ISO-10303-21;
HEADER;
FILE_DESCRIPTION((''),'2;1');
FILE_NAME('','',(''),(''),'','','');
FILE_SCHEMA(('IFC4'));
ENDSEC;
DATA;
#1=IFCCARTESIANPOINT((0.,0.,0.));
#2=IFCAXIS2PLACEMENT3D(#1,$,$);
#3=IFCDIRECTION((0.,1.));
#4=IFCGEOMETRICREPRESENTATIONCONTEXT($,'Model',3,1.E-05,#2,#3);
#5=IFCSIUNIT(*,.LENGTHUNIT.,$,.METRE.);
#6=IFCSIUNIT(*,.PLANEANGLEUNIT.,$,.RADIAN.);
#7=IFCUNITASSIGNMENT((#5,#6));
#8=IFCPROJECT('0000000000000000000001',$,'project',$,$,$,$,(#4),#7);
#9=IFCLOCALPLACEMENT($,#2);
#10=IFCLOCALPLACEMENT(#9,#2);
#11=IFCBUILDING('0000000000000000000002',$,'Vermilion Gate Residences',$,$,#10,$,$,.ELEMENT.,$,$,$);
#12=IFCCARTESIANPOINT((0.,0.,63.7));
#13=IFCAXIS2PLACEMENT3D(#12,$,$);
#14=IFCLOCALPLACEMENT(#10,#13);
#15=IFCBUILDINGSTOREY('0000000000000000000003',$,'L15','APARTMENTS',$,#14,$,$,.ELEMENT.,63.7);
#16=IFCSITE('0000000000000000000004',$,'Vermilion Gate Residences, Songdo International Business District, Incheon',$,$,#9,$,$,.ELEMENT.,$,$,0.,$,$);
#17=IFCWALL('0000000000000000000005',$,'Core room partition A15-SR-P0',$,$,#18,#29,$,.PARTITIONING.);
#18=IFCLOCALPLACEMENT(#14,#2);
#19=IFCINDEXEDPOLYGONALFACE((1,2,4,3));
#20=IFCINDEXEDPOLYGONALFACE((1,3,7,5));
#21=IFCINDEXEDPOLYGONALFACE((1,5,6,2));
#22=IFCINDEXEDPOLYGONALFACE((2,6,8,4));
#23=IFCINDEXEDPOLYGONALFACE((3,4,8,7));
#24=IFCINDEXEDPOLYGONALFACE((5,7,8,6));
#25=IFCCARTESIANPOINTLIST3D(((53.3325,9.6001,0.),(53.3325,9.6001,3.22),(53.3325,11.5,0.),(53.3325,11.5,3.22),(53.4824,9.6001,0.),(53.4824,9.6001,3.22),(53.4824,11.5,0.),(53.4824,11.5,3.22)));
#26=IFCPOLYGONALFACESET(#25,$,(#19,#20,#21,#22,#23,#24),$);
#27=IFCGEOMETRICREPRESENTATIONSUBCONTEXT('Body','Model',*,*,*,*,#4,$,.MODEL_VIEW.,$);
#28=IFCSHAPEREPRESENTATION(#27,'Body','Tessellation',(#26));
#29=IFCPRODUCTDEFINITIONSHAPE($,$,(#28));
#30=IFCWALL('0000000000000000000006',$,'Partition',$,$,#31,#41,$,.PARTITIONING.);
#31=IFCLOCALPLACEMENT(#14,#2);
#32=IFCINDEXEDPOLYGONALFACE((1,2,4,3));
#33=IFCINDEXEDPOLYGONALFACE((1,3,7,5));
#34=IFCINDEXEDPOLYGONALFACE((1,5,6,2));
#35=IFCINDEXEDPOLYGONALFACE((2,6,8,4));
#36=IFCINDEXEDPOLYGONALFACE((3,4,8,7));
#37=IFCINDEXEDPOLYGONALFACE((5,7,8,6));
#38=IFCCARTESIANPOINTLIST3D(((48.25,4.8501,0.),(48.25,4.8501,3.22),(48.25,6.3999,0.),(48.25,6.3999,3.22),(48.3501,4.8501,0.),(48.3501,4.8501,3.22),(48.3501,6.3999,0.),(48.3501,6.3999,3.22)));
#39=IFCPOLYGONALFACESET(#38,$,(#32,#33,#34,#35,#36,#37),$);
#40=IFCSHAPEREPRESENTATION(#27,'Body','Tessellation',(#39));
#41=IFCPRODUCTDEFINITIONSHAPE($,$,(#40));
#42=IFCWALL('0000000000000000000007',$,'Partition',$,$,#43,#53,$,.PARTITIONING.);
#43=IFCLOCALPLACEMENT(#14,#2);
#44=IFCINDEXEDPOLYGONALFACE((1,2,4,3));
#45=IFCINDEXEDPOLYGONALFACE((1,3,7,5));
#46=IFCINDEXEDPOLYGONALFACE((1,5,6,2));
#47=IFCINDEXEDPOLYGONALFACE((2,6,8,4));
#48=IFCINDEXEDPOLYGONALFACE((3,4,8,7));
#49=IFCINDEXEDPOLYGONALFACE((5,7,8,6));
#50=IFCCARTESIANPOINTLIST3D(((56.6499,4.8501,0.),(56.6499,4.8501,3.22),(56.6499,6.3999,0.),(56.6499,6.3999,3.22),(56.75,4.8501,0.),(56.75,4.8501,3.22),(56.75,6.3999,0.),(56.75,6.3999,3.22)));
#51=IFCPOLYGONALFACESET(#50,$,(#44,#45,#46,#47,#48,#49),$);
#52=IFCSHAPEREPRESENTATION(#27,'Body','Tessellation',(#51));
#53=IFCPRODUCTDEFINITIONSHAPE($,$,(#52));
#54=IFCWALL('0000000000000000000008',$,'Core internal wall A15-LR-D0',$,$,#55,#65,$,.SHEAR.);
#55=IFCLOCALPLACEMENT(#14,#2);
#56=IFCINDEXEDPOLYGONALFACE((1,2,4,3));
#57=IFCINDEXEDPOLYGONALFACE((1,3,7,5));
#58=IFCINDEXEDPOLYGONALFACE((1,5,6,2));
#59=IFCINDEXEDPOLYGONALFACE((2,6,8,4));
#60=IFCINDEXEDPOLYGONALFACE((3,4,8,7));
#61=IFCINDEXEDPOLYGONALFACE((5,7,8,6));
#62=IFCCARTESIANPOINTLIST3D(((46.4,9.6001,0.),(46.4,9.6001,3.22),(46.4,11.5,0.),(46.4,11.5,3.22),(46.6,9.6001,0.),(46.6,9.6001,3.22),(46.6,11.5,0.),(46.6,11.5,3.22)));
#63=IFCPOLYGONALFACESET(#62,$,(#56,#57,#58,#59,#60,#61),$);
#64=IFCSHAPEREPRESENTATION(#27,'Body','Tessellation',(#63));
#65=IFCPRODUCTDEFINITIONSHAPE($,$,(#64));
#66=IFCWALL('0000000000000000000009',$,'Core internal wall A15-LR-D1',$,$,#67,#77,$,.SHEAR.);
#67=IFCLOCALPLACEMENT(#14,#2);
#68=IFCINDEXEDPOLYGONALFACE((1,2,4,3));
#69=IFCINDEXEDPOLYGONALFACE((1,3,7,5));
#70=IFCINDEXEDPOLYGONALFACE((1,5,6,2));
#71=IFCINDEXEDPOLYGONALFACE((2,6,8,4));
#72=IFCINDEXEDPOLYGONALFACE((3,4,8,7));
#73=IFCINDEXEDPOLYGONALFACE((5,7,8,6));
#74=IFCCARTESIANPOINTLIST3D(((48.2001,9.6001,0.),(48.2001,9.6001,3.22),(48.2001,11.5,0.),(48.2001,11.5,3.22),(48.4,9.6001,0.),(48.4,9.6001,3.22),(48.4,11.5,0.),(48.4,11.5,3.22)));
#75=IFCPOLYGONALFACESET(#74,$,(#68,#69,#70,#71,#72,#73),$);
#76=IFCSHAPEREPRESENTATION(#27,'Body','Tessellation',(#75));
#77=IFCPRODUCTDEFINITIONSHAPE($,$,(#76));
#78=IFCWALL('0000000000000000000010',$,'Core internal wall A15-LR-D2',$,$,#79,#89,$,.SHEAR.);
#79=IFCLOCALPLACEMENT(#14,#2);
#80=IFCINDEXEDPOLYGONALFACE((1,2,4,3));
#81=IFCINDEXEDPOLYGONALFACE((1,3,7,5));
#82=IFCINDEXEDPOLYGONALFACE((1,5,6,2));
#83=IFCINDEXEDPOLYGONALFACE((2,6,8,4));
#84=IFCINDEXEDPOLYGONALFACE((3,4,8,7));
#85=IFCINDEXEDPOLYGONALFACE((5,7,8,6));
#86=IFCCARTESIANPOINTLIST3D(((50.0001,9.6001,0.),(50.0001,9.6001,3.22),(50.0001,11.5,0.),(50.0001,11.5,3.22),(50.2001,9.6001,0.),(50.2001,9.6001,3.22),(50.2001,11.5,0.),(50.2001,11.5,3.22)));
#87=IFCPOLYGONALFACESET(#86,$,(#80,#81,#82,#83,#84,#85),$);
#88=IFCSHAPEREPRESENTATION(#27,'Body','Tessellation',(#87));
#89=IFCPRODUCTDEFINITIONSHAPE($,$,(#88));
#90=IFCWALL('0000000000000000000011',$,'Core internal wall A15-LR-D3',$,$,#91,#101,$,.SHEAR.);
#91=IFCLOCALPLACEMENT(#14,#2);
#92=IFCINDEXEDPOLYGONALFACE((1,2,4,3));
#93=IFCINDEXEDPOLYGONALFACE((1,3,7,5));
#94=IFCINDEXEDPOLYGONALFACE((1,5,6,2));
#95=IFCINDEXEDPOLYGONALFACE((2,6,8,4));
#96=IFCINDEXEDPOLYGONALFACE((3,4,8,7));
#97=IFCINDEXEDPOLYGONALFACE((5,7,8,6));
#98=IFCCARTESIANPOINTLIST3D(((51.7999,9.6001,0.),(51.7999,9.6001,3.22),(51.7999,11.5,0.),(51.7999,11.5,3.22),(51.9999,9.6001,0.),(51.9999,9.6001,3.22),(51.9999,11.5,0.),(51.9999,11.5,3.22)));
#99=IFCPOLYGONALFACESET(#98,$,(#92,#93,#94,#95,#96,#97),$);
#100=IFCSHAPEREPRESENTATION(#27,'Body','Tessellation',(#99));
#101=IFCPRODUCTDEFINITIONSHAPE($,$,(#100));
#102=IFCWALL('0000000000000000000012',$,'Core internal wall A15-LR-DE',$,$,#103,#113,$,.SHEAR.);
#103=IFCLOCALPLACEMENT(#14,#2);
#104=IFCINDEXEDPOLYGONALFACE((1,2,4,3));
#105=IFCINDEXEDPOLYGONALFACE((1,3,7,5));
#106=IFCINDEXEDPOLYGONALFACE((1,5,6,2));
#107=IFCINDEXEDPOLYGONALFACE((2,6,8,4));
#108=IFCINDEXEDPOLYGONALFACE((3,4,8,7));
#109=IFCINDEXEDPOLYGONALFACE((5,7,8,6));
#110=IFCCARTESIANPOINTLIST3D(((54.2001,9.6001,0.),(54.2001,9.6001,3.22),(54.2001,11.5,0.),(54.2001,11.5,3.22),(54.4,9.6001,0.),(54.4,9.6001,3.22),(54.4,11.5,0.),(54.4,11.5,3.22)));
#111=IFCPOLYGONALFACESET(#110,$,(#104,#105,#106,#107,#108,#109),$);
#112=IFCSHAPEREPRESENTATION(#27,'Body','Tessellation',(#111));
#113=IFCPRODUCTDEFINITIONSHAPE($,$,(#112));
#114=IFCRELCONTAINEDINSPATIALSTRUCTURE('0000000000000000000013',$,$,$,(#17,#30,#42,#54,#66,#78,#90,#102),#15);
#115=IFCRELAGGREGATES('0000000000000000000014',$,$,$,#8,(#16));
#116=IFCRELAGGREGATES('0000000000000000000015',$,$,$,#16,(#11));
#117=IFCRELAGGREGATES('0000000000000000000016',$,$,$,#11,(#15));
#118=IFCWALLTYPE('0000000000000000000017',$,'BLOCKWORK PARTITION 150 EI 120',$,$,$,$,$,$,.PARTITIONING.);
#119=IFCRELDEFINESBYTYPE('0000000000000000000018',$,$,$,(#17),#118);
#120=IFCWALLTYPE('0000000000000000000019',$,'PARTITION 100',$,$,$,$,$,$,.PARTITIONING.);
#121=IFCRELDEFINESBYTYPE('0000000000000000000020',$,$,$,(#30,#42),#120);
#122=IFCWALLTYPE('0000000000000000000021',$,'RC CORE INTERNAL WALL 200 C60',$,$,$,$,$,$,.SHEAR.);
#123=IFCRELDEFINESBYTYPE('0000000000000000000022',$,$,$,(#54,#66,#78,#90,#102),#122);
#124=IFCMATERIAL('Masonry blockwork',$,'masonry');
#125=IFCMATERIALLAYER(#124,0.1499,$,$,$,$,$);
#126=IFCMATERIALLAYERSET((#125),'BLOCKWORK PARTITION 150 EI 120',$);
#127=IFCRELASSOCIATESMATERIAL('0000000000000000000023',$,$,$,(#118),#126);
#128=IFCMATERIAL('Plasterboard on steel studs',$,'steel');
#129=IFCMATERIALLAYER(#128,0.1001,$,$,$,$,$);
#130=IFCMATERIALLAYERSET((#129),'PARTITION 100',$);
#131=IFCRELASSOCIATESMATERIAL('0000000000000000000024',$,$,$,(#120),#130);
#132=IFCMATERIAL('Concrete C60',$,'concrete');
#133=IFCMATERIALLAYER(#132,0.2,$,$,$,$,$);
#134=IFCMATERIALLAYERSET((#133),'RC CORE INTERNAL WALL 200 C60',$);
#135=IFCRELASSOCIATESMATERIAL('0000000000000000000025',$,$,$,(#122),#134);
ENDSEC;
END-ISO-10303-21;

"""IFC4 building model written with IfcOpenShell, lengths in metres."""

from ifc_helpers import new_model, si_unit, direction, frame, frame_2d, origin, place, context, subcontext, project, spatial, rectangle, extrude, material, layer, layer_set, type_object, element, save


model = new_model("IFC4")

# Units and contexts
model_context = context("Model", 3, precision=1e-05, world=origin(), true_north=direction((0.0, 1.0)))
body_context = subcontext(model_context, "Body", "Model", "MODEL_VIEW")
ifc_project = project(units=[si_unit("LENGTHUNIT", "METRE"), si_unit("PLANEANGLEUNIT", "RADIAN")], contexts=[model_context])

# Site, building, storey
site_placement = place(None, origin())
site = spatial("IfcSite", under=ifc_project, at=site_placement, Name="Vermilion Gate Residences, Songdo International Business District, Incheon", CompositionType="ELEMENT", RefElevation=0.0)
building_placement = place(site_placement, origin())
building = spatial("IfcBuilding", under=site, at=building_placement, Name="Vermilion Gate Residences", CompositionType="ELEMENT")
storey_placement = place(building_placement, frame((0.0, 0.0, 63.7)))
storey = spatial("IfcBuildingStorey", under=building, at=storey_placement, Name="L15", Description="APARTMENTS", CompositionType="ELEMENT", Elevation=63.7)

# Walls
ifc_material_1 = material(Name="Masonry blockwork", Category="masonry")
ifc_layer_1 = layer(ifc_material_1, 0.1499)
ifc_layer_set_1 = layer_set([ifc_layer_1], Name="BLOCKWORK PARTITION 150 EI 120")
wall_type_1 = type_object("IfcWallType", Name="BLOCKWORK PARTITION 150 EI 120", PredefinedType="PARTITIONING", material=ifc_layer_set_1)
wall_1_placement = place(storey_placement, frame((53.4075, 9.6001, 0.0), z_axis=(0.0, 0.0, 1.0), x_axis=(0.0, 1.0, 0.0)))
element("IfcWall", 1, at=wall_1_placement, inside=storey, type_object=wall_type_1, Name="Core room partition A15-SR-P0", PredefinedType="PARTITIONING", context=body_context, shape_type="SweptSolid", body=[
    extrude(rectangle(XDim=1.8999, YDim=0.1499, at=frame_2d((0.95, 0.0))), origin(), (0.0, 0.0, 1.0), 3.22),
])
ifc_material_2 = material(Name="Plasterboard on steel studs", Category="steel")
ifc_layer_2 = layer(ifc_material_2, 0.1001)
ifc_layer_set_2 = layer_set([ifc_layer_2], Name="PARTITION 100")
wall_type_2 = type_object("IfcWallType", Name="PARTITION 100", PredefinedType="PARTITIONING", material=ifc_layer_set_2)
for number, where, z_axis, x_axis, name in (
    (2, (48.3, 4.8501, 0.0), (0.0, 0.0, 1.0), (0.0, 1.0, 0.0), "Partition"),
    (3, (56.7, 4.8501, 0.0), (0.0, 0.0, 1.0), (0.0, 1.0, 0.0), "Partition"),
):
    element("IfcWall", number, at=place(storey_placement, frame(where, z_axis=z_axis, x_axis=x_axis)), inside=storey, type_object=wall_type_2, Name=name, PredefinedType="PARTITIONING", context=body_context, shape_type="SweptSolid", body=[
        extrude(rectangle(XDim=1.5498, YDim=0.1001, at=frame_2d((0.7749, 0.0))), origin(), (0.0, 0.0, 1.0), 3.22),
    ])
ifc_material_3 = material(Name="Concrete C60", Category="concrete")
ifc_layer_3 = layer(ifc_material_3, 0.2)
ifc_layer_set_3 = layer_set([ifc_layer_3], Name="RC CORE INTERNAL WALL 200 C60")
wall_type_3 = type_object("IfcWallType", Name="RC CORE INTERNAL WALL 200 C60", PredefinedType="SHEAR", material=ifc_layer_set_3)
for number, where, z_axis, x_axis, name in (
    (4, (46.5, 9.6001, 0.0), (0.0, 0.0, 1.0), (0.0, 1.0, 0.0), "Core internal wall A15-LR-D0"),
    (5, (48.3, 9.6001, 0.0), (0.0, 0.0, 1.0), (0.0, 1.0, 0.0), "Core internal wall A15-LR-D1"),
    (6, (50.1001, 9.6001, 0.0), (0.0, 0.0, 1.0), (0.0, 1.0, 0.0), "Core internal wall A15-LR-D2"),
    (7, (51.8999, 9.6001, 0.0), (0.0, 0.0, 1.0), (0.0, 1.0, 0.0), "Core internal wall A15-LR-D3"),
    (8, (54.3, 9.6001, 0.0), (0.0, 0.0, 1.0), (0.0, 1.0, 0.0), "Core internal wall A15-LR-DE"),
):
    element("IfcWall", number, at=place(storey_placement, frame(where, z_axis=z_axis, x_axis=x_axis)), inside=storey, type_object=wall_type_3, Name=name, PredefinedType="SHEAR", context=body_context, shape_type="SweptSolid", body=[
        extrude(rectangle(XDim=1.8999, YDim=0.2, at=frame_2d((0.95, 0.0))), origin(), (0.0, 0.0, 1.0), 3.22),
    ])

save(model, "model.ifc")
